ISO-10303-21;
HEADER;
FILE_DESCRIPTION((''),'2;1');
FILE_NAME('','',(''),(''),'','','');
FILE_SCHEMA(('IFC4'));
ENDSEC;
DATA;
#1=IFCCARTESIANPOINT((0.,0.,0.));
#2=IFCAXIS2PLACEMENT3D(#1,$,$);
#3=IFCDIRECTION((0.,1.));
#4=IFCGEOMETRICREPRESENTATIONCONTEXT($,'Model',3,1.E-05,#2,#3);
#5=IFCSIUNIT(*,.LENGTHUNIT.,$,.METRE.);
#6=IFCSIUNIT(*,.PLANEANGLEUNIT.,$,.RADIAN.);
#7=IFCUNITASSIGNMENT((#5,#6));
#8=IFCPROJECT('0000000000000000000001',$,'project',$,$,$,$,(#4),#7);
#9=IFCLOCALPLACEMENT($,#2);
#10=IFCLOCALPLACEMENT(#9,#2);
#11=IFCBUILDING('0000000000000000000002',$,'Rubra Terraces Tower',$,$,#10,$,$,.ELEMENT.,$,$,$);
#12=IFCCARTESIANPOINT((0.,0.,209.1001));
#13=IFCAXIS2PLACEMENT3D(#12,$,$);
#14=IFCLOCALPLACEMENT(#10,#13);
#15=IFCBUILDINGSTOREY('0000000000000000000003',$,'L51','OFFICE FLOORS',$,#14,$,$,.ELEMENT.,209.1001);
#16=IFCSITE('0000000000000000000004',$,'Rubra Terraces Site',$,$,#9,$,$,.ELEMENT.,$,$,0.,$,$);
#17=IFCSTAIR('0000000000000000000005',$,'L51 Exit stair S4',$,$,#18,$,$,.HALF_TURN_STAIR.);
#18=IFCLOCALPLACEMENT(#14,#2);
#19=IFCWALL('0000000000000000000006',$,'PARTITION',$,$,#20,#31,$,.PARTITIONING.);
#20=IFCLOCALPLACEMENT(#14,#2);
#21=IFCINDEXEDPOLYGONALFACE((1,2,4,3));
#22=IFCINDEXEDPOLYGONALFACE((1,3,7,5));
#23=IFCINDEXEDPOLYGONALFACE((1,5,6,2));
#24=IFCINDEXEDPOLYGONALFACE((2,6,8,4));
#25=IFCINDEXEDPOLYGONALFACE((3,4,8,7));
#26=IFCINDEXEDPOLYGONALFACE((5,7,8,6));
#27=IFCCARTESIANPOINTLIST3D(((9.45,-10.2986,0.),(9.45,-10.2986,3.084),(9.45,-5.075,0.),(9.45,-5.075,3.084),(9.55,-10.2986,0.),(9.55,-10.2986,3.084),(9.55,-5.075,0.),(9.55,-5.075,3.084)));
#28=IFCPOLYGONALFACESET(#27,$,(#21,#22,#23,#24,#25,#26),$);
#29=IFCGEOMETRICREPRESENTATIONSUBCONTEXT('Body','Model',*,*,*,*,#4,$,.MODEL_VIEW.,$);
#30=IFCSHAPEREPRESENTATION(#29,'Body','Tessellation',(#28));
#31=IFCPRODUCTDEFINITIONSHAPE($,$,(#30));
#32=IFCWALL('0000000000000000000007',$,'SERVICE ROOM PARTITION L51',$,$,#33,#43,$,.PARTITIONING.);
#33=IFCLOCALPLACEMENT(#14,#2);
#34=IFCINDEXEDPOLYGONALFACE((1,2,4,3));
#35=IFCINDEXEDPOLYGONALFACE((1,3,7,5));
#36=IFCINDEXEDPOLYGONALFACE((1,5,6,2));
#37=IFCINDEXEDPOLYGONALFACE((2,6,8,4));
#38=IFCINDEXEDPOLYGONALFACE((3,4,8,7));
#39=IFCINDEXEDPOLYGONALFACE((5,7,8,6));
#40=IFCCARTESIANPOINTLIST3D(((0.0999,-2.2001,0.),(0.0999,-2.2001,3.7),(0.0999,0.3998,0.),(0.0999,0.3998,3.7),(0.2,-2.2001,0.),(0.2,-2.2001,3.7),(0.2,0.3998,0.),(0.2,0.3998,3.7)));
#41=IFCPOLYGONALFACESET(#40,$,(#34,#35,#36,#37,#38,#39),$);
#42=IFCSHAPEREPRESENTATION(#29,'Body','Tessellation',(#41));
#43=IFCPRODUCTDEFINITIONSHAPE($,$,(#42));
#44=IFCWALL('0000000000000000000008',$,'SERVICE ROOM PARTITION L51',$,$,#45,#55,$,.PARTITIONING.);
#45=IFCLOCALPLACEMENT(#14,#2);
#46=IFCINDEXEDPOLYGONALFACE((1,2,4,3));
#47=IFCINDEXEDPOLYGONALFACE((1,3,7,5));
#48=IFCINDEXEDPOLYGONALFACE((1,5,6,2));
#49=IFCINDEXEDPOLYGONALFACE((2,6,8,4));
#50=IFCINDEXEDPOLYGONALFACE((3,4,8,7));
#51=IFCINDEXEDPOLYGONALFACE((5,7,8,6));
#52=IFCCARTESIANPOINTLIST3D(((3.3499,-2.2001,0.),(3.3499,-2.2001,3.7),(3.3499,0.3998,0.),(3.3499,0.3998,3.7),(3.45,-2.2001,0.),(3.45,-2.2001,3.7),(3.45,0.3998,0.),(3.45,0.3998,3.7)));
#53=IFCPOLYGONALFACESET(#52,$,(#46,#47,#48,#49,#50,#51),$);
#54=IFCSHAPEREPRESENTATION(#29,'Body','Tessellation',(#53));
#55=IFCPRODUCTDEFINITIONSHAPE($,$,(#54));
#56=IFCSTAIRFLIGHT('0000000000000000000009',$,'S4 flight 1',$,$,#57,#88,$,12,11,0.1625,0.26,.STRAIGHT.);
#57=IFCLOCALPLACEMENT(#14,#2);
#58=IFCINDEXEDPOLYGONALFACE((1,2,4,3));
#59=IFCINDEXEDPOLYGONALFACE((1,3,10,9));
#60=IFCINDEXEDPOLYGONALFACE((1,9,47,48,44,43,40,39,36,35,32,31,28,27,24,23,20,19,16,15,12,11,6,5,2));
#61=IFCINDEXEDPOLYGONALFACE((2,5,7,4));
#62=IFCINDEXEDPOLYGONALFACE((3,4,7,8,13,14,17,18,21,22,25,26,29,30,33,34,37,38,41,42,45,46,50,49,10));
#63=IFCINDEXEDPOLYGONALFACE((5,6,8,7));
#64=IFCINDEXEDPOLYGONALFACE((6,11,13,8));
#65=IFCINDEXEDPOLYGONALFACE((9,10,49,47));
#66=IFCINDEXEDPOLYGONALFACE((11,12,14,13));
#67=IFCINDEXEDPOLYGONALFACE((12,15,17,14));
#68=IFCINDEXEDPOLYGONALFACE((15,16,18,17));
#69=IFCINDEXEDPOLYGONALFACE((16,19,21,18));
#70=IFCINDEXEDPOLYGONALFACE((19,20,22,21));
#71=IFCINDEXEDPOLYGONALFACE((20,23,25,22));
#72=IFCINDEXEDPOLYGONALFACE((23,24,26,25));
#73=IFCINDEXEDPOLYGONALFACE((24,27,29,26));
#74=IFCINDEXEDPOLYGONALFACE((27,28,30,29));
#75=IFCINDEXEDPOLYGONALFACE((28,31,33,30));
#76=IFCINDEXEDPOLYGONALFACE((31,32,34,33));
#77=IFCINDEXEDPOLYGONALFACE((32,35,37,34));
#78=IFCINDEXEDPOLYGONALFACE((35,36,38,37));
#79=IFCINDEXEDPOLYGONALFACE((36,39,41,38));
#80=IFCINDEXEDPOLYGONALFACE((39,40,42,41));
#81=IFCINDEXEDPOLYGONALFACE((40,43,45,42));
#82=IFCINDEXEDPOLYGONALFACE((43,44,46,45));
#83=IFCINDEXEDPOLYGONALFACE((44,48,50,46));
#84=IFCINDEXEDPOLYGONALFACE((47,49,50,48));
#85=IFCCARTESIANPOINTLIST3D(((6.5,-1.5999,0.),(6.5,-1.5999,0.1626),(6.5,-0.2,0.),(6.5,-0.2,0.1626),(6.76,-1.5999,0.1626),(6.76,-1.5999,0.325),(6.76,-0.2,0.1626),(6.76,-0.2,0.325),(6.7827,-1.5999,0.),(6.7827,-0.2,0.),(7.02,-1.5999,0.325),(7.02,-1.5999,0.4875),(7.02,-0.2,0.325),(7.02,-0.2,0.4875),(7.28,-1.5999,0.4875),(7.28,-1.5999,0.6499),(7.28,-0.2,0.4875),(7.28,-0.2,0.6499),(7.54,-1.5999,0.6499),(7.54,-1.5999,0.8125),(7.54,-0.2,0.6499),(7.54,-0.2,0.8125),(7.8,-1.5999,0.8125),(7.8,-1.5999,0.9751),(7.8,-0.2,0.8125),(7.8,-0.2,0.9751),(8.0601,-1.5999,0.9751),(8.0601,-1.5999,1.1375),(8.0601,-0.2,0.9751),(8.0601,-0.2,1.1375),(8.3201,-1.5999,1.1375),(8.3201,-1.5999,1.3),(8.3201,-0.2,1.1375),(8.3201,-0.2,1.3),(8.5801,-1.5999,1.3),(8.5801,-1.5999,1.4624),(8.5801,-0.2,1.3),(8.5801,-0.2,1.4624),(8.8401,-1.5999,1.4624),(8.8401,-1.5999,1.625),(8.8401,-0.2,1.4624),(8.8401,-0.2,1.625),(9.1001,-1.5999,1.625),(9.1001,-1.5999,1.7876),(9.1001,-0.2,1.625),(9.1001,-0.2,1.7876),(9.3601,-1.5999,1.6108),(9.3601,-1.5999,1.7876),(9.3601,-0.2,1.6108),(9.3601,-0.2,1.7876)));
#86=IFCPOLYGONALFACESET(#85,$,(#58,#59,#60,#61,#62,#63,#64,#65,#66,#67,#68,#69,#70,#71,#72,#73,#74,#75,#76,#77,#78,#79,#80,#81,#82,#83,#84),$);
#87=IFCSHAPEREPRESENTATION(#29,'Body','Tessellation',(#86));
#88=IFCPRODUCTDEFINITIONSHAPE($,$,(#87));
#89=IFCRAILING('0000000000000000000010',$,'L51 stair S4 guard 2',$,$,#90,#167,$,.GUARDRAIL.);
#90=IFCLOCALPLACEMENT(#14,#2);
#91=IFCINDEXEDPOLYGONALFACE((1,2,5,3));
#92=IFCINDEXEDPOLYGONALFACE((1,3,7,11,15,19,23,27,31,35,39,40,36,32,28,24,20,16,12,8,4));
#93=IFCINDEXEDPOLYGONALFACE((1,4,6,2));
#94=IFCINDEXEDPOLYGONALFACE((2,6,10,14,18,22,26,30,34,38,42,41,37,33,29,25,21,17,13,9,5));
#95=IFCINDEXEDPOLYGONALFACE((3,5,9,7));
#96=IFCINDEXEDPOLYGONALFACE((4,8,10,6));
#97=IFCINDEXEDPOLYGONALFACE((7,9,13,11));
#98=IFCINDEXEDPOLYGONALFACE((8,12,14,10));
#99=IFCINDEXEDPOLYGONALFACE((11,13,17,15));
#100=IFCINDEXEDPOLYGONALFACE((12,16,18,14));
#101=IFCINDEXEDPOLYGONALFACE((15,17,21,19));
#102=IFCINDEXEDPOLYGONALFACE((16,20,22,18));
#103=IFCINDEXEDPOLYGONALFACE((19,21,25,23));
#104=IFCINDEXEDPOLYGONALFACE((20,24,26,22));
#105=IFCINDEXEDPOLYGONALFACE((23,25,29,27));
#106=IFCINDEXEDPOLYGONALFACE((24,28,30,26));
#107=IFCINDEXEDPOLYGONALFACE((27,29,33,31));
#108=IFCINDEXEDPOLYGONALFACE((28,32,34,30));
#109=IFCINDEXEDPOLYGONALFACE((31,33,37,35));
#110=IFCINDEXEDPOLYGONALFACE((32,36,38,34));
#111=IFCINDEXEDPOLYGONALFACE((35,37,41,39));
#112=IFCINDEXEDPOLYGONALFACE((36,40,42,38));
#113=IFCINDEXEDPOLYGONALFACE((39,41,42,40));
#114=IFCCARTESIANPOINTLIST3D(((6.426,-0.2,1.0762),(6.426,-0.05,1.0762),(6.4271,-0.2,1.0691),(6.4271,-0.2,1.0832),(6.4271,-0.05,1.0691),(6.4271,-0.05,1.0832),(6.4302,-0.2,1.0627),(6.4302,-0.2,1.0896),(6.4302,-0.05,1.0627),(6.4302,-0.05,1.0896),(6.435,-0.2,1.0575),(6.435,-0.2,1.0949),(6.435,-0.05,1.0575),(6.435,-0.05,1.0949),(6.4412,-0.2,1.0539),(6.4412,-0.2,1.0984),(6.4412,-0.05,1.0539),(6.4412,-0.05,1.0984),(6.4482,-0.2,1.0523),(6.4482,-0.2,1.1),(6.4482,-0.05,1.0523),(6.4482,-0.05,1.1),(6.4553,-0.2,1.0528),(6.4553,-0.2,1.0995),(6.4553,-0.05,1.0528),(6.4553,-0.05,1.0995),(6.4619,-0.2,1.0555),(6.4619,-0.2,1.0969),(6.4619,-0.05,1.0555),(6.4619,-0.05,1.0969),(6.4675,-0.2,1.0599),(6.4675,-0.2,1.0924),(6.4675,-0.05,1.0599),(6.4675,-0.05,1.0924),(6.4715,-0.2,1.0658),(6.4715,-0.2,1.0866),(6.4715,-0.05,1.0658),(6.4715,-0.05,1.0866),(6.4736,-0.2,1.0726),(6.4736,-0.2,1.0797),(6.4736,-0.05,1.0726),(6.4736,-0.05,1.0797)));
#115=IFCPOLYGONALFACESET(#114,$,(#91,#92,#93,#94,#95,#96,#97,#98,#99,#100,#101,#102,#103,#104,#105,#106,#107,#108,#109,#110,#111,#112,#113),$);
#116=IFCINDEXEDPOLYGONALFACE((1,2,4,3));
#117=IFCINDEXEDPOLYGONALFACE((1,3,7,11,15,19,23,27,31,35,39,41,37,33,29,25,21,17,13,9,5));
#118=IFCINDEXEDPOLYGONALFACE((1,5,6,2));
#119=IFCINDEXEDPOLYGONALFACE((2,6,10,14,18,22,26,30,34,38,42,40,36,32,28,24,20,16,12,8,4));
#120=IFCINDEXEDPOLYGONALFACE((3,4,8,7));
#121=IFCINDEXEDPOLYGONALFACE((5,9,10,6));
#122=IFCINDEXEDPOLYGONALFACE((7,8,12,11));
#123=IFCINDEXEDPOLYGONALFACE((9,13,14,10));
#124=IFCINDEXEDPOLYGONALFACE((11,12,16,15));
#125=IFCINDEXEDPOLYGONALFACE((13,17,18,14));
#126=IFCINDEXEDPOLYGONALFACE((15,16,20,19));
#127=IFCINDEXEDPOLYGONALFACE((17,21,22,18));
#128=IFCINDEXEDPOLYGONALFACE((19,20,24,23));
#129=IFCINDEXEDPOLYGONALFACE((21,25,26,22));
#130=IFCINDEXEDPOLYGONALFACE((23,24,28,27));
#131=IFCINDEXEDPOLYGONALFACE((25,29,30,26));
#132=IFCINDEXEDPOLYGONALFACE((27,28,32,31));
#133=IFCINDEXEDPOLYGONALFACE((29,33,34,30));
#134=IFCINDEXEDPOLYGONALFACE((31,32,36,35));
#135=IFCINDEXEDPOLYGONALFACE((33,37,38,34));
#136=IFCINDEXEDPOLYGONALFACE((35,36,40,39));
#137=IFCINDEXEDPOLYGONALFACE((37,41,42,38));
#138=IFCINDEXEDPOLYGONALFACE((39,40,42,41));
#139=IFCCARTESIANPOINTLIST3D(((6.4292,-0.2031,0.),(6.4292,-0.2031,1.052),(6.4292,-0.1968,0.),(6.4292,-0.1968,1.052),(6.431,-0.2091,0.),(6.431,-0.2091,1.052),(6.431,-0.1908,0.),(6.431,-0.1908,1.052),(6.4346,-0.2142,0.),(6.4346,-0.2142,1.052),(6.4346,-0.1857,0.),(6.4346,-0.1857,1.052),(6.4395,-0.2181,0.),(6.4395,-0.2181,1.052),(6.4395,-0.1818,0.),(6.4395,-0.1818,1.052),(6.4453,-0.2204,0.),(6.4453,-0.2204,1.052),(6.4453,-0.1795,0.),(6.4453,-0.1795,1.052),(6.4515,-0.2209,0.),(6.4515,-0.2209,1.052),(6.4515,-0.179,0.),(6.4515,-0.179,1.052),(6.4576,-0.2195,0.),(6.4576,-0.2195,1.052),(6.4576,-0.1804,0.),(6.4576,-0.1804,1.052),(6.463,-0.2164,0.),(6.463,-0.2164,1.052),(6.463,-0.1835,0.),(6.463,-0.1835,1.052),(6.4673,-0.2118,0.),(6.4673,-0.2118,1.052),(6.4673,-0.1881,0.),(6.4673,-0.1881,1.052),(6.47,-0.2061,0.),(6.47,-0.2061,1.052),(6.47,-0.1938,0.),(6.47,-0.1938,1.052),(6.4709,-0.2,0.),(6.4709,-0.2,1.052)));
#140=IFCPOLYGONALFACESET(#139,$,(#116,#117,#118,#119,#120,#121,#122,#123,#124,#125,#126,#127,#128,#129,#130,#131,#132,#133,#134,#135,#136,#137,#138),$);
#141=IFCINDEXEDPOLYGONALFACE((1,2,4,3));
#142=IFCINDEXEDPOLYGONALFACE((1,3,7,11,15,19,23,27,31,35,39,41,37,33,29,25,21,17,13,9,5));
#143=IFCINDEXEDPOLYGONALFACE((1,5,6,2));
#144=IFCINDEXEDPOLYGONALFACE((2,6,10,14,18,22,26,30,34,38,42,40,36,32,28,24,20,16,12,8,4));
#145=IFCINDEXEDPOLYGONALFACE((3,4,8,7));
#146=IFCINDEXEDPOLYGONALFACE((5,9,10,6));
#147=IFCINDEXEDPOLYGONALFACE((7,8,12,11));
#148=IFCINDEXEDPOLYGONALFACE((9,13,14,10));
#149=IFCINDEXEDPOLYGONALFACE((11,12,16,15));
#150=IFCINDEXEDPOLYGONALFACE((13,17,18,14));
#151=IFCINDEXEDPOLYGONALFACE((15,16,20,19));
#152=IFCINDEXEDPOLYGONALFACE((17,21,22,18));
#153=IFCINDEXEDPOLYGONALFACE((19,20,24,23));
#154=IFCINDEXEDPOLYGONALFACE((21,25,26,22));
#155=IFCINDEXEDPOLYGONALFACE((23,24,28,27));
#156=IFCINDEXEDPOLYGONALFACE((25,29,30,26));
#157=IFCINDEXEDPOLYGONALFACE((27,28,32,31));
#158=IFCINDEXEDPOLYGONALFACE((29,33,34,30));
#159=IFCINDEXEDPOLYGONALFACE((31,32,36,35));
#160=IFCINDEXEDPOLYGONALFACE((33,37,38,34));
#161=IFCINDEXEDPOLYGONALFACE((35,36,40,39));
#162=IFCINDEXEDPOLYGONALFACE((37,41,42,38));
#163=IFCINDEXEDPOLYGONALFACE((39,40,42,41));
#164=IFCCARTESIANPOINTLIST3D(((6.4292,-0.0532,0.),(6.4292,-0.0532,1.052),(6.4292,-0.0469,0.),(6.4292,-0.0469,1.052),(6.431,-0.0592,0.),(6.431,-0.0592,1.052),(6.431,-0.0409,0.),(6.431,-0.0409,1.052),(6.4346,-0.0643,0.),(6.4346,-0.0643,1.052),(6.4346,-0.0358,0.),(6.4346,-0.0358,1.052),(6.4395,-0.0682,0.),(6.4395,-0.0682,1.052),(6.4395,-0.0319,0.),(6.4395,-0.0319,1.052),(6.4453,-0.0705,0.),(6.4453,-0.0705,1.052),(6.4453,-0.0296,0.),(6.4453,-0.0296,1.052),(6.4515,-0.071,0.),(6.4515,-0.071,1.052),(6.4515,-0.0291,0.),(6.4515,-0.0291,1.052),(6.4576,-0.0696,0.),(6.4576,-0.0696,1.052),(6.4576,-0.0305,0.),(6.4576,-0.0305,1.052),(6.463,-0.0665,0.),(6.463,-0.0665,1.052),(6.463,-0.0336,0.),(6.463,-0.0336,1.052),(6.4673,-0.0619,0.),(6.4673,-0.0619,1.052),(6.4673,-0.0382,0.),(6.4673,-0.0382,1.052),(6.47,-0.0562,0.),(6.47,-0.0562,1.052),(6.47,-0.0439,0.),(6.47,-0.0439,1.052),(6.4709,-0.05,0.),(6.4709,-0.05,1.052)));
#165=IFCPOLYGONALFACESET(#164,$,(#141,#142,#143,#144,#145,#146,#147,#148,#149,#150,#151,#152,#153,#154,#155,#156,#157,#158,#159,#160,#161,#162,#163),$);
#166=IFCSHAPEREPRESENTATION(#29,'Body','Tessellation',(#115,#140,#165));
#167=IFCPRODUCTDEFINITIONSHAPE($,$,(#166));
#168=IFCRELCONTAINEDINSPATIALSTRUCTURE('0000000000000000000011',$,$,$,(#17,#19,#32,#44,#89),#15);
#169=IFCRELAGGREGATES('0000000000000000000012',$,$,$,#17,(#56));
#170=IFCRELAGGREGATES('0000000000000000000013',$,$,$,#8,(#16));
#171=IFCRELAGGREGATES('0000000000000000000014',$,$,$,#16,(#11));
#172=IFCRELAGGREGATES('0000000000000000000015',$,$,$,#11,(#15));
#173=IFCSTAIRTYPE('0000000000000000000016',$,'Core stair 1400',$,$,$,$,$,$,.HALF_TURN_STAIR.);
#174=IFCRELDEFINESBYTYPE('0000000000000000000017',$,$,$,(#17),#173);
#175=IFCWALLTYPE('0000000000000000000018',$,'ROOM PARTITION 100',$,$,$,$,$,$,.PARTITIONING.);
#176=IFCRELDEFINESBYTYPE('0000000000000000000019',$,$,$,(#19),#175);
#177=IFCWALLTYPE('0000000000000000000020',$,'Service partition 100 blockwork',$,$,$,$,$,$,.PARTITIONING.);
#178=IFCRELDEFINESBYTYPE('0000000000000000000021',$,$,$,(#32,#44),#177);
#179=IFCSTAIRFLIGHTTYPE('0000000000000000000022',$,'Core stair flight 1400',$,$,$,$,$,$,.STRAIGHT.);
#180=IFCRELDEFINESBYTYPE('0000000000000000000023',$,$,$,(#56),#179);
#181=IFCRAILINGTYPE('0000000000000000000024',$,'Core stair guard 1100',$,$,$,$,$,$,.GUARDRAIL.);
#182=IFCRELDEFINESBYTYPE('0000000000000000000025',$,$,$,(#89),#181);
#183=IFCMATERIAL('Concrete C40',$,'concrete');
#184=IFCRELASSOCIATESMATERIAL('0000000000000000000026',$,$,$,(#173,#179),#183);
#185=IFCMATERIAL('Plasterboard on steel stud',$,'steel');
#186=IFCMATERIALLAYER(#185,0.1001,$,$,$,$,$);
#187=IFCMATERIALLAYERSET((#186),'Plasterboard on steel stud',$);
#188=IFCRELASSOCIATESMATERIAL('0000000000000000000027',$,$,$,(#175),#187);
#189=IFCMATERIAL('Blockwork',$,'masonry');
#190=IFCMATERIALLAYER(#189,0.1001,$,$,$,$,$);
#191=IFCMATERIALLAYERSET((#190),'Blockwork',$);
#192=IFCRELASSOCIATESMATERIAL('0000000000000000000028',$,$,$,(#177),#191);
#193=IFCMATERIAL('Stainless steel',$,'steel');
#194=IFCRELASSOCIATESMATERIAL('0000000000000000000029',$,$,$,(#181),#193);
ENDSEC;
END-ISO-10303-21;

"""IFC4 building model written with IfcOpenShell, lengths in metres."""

from ifc_helpers import new_model, si_unit, direction, frame, frame_2d, origin, origin_2d, place, context, subcontext, project, spatial, polyline, rectangle, circle, outline, extrude, material, layer, layer_set, type_object, element, aggregate, save


model = new_model("IFC4")

# Units and contexts
model_context = context("Model", 3, precision=1e-05, world=origin(), true_north=direction((0.0, 1.0)))
body_context = subcontext(model_context, "Body", "Model", "MODEL_VIEW")
ifc_project = project(units=[si_unit("LENGTHUNIT", "METRE"), si_unit("PLANEANGLEUNIT", "RADIAN")], contexts=[model_context])

# Site, building, storey
site_placement = place(None, origin())
site = spatial("IfcSite", under=ifc_project, at=site_placement, Name="Rubra Terraces Site", CompositionType="ELEMENT", RefElevation=0.0)
building_placement = place(site_placement, origin())
building = spatial("IfcBuilding", under=site, at=building_placement, Name="Rubra Terraces Tower", CompositionType="ELEMENT")
storey_placement = place(building_placement, frame((0.0, 0.0, 209.1001)))
storey = spatial("IfcBuildingStorey", under=building, at=storey_placement, Name="L51", Description="OFFICE FLOORS", CompositionType="ELEMENT", Elevation=209.1001)

# Shared definitions
ifc_material_1 = material(Name="Concrete C40", Category="concrete")

# Stair
stair_type = type_object("IfcStairType", Name="Core stair 1400", PredefinedType="HALF_TURN_STAIR", material=ifc_material_1)
stair_1_placement = place(storey_placement, origin())
stair_1 = element("IfcStair", 1, at=stair_1_placement, inside=storey, type_object=stair_type, Name="L51 Exit stair S4", PredefinedType="HALF_TURN_STAIR")

# Walls
ifc_material_2 = material(Name="Plasterboard on steel stud", Category="steel")
ifc_layer_1 = layer(ifc_material_2, 0.1001)
ifc_layer_set_1 = layer_set([ifc_layer_1], Name="Plasterboard on steel stud")
wall_type_1 = type_object("IfcWallType", Name="ROOM PARTITION 100", PredefinedType="PARTITIONING", material=ifc_layer_set_1)
wall_1_placement = place(storey_placement, frame((9.5, -10.2986, 0.0), z_axis=(0.0, 0.0, 1.0), x_axis=(0.0, 1.0, 0.0)))
element("IfcWall", 2, at=wall_1_placement, inside=storey, type_object=wall_type_1, Name="PARTITION", PredefinedType="PARTITIONING", context=body_context, shape_type="SweptSolid", body=[
    extrude(rectangle(XDim=5.2236, YDim=0.1001, at=frame_2d((2.6118, 0.0))), origin(), (0.0, 0.0, 1.0), 3.084),
])
ifc_material_3 = material(Name="Blockwork", Category="masonry")
ifc_layer_2 = layer(ifc_material_3, 0.1001)
ifc_layer_set_2 = layer_set([ifc_layer_2], Name="Blockwork")
wall_type_2 = type_object("IfcWallType", Name="Service partition 100 blockwork", PredefinedType="PARTITIONING", material=ifc_layer_set_2)
for number, where, z_axis, x_axis, name in (
    (3, (0.1499, -2.2, 0.0), (0.0, 0.0, 1.0), (0.0, 1.0, 0.0), "SERVICE ROOM PARTITION L51"),
    (4, (3.3999, -2.2, 0.0), (0.0, 0.0, 1.0), (0.0, 1.0, 0.0), "SERVICE ROOM PARTITION L51"),
):
    element("IfcWall", number, at=place(storey_placement, frame(where, z_axis=z_axis, x_axis=x_axis)), inside=storey, type_object=wall_type_2, Name=name, PredefinedType="PARTITIONING", context=body_context, shape_type="SweptSolid", body=[
        extrude(rectangle(XDim=2.5999, YDim=0.1001, at=frame_2d((1.2998, 0.0))), origin(), (0.0, 0.0, 1.0), 3.7),
    ])

# Stair flight
stair_flight_type = type_object("IfcStairFlightType", Name="Core stair flight 1400", PredefinedType="STRAIGHT", material=ifc_material_1)
stair_flight_placement = place(storey_placement, frame((6.5, -0.8999, 0.0), z_axis=(0.0, 0.0, 1.0), x_axis=(1.0, 0.0, 0.0)))
stair_flight = element("IfcStairFlight", 5, at=stair_flight_placement, type_object=stair_flight_type, Name="S4 flight 1", NumberOfRisers=12, NumberOfTreads=11, PredefinedType="STRAIGHT", RiserHeight=0.1625, TreadLength=0.26, context=body_context, shape_type="SweptSolid", body=[
    extrude(outline(polyline([(0.0, 0.0), (0.0, 0.1626), (0.26, 0.1626), (0.26, 0.325), (0.52, 0.325), (0.52, 0.4875), (0.78, 0.4875), (0.78, 0.6499), (1.04, 0.6499), (1.04, 0.8125), (1.3, 0.8125), (1.3, 0.9751), (1.5601, 0.9751), (1.5601, 1.1375), (1.8201, 1.1375), (1.8201, 1.3), (2.0801, 1.3), (2.0801, 1.4624), (2.3401, 1.4624), (2.3401, 1.625), (2.6001, 1.625), (2.6001, 1.7876), (2.8601, 1.7876), (2.8601, 1.95), (2.8601, 1.6108), (0.2827, 0.0), (0.0, 0.0)])), frame((0.0, 0.7, 0.0), z_axis=(0.0, -1.0, 0.0), x_axis=(1.0, 0.0, 0.0)), (0.0, 0.0, 1.0), 1.3999),
])
aggregate(stair_1, [stair_flight])

# Railing
ifc_material_4 = material(Name="Stainless steel", Category="steel")
railing_type_1 = type_object("IfcRailingType", Name="Core stair guard 1100", PredefinedType="GUARDRAIL", material=ifc_material_4)
railing_1_placement = place(storey_placement, frame((6.45, -0.2, 0.0)))
element("IfcRailing", 6, at=railing_1_placement, inside=storey, type_object=railing_type_1, Name="L51 stair S4 guard 2", PredefinedType="GUARDRAIL", context=body_context, shape_type="SweptSolid", body=[
    extrude(circle(Radius=0.0239, at=origin_2d()), frame((0.0, 0.0, 1.0762), z_axis=(0.0, 1.0, 0.0), x_axis=(-1.0, 0.0, 0.0)), (0.0, 0.0, 1.0), 0.1499),
    extrude(circle(Radius=0.021, at=origin_2d()), origin(), (0.0, 0.0, 1.0), 1.052),
    extrude(circle(Radius=0.021, at=origin_2d()), frame((0.0, 0.1499, 0.0)), (0.0, 0.0, 1.0), 1.052),
])

save(model, "model.ifc")
